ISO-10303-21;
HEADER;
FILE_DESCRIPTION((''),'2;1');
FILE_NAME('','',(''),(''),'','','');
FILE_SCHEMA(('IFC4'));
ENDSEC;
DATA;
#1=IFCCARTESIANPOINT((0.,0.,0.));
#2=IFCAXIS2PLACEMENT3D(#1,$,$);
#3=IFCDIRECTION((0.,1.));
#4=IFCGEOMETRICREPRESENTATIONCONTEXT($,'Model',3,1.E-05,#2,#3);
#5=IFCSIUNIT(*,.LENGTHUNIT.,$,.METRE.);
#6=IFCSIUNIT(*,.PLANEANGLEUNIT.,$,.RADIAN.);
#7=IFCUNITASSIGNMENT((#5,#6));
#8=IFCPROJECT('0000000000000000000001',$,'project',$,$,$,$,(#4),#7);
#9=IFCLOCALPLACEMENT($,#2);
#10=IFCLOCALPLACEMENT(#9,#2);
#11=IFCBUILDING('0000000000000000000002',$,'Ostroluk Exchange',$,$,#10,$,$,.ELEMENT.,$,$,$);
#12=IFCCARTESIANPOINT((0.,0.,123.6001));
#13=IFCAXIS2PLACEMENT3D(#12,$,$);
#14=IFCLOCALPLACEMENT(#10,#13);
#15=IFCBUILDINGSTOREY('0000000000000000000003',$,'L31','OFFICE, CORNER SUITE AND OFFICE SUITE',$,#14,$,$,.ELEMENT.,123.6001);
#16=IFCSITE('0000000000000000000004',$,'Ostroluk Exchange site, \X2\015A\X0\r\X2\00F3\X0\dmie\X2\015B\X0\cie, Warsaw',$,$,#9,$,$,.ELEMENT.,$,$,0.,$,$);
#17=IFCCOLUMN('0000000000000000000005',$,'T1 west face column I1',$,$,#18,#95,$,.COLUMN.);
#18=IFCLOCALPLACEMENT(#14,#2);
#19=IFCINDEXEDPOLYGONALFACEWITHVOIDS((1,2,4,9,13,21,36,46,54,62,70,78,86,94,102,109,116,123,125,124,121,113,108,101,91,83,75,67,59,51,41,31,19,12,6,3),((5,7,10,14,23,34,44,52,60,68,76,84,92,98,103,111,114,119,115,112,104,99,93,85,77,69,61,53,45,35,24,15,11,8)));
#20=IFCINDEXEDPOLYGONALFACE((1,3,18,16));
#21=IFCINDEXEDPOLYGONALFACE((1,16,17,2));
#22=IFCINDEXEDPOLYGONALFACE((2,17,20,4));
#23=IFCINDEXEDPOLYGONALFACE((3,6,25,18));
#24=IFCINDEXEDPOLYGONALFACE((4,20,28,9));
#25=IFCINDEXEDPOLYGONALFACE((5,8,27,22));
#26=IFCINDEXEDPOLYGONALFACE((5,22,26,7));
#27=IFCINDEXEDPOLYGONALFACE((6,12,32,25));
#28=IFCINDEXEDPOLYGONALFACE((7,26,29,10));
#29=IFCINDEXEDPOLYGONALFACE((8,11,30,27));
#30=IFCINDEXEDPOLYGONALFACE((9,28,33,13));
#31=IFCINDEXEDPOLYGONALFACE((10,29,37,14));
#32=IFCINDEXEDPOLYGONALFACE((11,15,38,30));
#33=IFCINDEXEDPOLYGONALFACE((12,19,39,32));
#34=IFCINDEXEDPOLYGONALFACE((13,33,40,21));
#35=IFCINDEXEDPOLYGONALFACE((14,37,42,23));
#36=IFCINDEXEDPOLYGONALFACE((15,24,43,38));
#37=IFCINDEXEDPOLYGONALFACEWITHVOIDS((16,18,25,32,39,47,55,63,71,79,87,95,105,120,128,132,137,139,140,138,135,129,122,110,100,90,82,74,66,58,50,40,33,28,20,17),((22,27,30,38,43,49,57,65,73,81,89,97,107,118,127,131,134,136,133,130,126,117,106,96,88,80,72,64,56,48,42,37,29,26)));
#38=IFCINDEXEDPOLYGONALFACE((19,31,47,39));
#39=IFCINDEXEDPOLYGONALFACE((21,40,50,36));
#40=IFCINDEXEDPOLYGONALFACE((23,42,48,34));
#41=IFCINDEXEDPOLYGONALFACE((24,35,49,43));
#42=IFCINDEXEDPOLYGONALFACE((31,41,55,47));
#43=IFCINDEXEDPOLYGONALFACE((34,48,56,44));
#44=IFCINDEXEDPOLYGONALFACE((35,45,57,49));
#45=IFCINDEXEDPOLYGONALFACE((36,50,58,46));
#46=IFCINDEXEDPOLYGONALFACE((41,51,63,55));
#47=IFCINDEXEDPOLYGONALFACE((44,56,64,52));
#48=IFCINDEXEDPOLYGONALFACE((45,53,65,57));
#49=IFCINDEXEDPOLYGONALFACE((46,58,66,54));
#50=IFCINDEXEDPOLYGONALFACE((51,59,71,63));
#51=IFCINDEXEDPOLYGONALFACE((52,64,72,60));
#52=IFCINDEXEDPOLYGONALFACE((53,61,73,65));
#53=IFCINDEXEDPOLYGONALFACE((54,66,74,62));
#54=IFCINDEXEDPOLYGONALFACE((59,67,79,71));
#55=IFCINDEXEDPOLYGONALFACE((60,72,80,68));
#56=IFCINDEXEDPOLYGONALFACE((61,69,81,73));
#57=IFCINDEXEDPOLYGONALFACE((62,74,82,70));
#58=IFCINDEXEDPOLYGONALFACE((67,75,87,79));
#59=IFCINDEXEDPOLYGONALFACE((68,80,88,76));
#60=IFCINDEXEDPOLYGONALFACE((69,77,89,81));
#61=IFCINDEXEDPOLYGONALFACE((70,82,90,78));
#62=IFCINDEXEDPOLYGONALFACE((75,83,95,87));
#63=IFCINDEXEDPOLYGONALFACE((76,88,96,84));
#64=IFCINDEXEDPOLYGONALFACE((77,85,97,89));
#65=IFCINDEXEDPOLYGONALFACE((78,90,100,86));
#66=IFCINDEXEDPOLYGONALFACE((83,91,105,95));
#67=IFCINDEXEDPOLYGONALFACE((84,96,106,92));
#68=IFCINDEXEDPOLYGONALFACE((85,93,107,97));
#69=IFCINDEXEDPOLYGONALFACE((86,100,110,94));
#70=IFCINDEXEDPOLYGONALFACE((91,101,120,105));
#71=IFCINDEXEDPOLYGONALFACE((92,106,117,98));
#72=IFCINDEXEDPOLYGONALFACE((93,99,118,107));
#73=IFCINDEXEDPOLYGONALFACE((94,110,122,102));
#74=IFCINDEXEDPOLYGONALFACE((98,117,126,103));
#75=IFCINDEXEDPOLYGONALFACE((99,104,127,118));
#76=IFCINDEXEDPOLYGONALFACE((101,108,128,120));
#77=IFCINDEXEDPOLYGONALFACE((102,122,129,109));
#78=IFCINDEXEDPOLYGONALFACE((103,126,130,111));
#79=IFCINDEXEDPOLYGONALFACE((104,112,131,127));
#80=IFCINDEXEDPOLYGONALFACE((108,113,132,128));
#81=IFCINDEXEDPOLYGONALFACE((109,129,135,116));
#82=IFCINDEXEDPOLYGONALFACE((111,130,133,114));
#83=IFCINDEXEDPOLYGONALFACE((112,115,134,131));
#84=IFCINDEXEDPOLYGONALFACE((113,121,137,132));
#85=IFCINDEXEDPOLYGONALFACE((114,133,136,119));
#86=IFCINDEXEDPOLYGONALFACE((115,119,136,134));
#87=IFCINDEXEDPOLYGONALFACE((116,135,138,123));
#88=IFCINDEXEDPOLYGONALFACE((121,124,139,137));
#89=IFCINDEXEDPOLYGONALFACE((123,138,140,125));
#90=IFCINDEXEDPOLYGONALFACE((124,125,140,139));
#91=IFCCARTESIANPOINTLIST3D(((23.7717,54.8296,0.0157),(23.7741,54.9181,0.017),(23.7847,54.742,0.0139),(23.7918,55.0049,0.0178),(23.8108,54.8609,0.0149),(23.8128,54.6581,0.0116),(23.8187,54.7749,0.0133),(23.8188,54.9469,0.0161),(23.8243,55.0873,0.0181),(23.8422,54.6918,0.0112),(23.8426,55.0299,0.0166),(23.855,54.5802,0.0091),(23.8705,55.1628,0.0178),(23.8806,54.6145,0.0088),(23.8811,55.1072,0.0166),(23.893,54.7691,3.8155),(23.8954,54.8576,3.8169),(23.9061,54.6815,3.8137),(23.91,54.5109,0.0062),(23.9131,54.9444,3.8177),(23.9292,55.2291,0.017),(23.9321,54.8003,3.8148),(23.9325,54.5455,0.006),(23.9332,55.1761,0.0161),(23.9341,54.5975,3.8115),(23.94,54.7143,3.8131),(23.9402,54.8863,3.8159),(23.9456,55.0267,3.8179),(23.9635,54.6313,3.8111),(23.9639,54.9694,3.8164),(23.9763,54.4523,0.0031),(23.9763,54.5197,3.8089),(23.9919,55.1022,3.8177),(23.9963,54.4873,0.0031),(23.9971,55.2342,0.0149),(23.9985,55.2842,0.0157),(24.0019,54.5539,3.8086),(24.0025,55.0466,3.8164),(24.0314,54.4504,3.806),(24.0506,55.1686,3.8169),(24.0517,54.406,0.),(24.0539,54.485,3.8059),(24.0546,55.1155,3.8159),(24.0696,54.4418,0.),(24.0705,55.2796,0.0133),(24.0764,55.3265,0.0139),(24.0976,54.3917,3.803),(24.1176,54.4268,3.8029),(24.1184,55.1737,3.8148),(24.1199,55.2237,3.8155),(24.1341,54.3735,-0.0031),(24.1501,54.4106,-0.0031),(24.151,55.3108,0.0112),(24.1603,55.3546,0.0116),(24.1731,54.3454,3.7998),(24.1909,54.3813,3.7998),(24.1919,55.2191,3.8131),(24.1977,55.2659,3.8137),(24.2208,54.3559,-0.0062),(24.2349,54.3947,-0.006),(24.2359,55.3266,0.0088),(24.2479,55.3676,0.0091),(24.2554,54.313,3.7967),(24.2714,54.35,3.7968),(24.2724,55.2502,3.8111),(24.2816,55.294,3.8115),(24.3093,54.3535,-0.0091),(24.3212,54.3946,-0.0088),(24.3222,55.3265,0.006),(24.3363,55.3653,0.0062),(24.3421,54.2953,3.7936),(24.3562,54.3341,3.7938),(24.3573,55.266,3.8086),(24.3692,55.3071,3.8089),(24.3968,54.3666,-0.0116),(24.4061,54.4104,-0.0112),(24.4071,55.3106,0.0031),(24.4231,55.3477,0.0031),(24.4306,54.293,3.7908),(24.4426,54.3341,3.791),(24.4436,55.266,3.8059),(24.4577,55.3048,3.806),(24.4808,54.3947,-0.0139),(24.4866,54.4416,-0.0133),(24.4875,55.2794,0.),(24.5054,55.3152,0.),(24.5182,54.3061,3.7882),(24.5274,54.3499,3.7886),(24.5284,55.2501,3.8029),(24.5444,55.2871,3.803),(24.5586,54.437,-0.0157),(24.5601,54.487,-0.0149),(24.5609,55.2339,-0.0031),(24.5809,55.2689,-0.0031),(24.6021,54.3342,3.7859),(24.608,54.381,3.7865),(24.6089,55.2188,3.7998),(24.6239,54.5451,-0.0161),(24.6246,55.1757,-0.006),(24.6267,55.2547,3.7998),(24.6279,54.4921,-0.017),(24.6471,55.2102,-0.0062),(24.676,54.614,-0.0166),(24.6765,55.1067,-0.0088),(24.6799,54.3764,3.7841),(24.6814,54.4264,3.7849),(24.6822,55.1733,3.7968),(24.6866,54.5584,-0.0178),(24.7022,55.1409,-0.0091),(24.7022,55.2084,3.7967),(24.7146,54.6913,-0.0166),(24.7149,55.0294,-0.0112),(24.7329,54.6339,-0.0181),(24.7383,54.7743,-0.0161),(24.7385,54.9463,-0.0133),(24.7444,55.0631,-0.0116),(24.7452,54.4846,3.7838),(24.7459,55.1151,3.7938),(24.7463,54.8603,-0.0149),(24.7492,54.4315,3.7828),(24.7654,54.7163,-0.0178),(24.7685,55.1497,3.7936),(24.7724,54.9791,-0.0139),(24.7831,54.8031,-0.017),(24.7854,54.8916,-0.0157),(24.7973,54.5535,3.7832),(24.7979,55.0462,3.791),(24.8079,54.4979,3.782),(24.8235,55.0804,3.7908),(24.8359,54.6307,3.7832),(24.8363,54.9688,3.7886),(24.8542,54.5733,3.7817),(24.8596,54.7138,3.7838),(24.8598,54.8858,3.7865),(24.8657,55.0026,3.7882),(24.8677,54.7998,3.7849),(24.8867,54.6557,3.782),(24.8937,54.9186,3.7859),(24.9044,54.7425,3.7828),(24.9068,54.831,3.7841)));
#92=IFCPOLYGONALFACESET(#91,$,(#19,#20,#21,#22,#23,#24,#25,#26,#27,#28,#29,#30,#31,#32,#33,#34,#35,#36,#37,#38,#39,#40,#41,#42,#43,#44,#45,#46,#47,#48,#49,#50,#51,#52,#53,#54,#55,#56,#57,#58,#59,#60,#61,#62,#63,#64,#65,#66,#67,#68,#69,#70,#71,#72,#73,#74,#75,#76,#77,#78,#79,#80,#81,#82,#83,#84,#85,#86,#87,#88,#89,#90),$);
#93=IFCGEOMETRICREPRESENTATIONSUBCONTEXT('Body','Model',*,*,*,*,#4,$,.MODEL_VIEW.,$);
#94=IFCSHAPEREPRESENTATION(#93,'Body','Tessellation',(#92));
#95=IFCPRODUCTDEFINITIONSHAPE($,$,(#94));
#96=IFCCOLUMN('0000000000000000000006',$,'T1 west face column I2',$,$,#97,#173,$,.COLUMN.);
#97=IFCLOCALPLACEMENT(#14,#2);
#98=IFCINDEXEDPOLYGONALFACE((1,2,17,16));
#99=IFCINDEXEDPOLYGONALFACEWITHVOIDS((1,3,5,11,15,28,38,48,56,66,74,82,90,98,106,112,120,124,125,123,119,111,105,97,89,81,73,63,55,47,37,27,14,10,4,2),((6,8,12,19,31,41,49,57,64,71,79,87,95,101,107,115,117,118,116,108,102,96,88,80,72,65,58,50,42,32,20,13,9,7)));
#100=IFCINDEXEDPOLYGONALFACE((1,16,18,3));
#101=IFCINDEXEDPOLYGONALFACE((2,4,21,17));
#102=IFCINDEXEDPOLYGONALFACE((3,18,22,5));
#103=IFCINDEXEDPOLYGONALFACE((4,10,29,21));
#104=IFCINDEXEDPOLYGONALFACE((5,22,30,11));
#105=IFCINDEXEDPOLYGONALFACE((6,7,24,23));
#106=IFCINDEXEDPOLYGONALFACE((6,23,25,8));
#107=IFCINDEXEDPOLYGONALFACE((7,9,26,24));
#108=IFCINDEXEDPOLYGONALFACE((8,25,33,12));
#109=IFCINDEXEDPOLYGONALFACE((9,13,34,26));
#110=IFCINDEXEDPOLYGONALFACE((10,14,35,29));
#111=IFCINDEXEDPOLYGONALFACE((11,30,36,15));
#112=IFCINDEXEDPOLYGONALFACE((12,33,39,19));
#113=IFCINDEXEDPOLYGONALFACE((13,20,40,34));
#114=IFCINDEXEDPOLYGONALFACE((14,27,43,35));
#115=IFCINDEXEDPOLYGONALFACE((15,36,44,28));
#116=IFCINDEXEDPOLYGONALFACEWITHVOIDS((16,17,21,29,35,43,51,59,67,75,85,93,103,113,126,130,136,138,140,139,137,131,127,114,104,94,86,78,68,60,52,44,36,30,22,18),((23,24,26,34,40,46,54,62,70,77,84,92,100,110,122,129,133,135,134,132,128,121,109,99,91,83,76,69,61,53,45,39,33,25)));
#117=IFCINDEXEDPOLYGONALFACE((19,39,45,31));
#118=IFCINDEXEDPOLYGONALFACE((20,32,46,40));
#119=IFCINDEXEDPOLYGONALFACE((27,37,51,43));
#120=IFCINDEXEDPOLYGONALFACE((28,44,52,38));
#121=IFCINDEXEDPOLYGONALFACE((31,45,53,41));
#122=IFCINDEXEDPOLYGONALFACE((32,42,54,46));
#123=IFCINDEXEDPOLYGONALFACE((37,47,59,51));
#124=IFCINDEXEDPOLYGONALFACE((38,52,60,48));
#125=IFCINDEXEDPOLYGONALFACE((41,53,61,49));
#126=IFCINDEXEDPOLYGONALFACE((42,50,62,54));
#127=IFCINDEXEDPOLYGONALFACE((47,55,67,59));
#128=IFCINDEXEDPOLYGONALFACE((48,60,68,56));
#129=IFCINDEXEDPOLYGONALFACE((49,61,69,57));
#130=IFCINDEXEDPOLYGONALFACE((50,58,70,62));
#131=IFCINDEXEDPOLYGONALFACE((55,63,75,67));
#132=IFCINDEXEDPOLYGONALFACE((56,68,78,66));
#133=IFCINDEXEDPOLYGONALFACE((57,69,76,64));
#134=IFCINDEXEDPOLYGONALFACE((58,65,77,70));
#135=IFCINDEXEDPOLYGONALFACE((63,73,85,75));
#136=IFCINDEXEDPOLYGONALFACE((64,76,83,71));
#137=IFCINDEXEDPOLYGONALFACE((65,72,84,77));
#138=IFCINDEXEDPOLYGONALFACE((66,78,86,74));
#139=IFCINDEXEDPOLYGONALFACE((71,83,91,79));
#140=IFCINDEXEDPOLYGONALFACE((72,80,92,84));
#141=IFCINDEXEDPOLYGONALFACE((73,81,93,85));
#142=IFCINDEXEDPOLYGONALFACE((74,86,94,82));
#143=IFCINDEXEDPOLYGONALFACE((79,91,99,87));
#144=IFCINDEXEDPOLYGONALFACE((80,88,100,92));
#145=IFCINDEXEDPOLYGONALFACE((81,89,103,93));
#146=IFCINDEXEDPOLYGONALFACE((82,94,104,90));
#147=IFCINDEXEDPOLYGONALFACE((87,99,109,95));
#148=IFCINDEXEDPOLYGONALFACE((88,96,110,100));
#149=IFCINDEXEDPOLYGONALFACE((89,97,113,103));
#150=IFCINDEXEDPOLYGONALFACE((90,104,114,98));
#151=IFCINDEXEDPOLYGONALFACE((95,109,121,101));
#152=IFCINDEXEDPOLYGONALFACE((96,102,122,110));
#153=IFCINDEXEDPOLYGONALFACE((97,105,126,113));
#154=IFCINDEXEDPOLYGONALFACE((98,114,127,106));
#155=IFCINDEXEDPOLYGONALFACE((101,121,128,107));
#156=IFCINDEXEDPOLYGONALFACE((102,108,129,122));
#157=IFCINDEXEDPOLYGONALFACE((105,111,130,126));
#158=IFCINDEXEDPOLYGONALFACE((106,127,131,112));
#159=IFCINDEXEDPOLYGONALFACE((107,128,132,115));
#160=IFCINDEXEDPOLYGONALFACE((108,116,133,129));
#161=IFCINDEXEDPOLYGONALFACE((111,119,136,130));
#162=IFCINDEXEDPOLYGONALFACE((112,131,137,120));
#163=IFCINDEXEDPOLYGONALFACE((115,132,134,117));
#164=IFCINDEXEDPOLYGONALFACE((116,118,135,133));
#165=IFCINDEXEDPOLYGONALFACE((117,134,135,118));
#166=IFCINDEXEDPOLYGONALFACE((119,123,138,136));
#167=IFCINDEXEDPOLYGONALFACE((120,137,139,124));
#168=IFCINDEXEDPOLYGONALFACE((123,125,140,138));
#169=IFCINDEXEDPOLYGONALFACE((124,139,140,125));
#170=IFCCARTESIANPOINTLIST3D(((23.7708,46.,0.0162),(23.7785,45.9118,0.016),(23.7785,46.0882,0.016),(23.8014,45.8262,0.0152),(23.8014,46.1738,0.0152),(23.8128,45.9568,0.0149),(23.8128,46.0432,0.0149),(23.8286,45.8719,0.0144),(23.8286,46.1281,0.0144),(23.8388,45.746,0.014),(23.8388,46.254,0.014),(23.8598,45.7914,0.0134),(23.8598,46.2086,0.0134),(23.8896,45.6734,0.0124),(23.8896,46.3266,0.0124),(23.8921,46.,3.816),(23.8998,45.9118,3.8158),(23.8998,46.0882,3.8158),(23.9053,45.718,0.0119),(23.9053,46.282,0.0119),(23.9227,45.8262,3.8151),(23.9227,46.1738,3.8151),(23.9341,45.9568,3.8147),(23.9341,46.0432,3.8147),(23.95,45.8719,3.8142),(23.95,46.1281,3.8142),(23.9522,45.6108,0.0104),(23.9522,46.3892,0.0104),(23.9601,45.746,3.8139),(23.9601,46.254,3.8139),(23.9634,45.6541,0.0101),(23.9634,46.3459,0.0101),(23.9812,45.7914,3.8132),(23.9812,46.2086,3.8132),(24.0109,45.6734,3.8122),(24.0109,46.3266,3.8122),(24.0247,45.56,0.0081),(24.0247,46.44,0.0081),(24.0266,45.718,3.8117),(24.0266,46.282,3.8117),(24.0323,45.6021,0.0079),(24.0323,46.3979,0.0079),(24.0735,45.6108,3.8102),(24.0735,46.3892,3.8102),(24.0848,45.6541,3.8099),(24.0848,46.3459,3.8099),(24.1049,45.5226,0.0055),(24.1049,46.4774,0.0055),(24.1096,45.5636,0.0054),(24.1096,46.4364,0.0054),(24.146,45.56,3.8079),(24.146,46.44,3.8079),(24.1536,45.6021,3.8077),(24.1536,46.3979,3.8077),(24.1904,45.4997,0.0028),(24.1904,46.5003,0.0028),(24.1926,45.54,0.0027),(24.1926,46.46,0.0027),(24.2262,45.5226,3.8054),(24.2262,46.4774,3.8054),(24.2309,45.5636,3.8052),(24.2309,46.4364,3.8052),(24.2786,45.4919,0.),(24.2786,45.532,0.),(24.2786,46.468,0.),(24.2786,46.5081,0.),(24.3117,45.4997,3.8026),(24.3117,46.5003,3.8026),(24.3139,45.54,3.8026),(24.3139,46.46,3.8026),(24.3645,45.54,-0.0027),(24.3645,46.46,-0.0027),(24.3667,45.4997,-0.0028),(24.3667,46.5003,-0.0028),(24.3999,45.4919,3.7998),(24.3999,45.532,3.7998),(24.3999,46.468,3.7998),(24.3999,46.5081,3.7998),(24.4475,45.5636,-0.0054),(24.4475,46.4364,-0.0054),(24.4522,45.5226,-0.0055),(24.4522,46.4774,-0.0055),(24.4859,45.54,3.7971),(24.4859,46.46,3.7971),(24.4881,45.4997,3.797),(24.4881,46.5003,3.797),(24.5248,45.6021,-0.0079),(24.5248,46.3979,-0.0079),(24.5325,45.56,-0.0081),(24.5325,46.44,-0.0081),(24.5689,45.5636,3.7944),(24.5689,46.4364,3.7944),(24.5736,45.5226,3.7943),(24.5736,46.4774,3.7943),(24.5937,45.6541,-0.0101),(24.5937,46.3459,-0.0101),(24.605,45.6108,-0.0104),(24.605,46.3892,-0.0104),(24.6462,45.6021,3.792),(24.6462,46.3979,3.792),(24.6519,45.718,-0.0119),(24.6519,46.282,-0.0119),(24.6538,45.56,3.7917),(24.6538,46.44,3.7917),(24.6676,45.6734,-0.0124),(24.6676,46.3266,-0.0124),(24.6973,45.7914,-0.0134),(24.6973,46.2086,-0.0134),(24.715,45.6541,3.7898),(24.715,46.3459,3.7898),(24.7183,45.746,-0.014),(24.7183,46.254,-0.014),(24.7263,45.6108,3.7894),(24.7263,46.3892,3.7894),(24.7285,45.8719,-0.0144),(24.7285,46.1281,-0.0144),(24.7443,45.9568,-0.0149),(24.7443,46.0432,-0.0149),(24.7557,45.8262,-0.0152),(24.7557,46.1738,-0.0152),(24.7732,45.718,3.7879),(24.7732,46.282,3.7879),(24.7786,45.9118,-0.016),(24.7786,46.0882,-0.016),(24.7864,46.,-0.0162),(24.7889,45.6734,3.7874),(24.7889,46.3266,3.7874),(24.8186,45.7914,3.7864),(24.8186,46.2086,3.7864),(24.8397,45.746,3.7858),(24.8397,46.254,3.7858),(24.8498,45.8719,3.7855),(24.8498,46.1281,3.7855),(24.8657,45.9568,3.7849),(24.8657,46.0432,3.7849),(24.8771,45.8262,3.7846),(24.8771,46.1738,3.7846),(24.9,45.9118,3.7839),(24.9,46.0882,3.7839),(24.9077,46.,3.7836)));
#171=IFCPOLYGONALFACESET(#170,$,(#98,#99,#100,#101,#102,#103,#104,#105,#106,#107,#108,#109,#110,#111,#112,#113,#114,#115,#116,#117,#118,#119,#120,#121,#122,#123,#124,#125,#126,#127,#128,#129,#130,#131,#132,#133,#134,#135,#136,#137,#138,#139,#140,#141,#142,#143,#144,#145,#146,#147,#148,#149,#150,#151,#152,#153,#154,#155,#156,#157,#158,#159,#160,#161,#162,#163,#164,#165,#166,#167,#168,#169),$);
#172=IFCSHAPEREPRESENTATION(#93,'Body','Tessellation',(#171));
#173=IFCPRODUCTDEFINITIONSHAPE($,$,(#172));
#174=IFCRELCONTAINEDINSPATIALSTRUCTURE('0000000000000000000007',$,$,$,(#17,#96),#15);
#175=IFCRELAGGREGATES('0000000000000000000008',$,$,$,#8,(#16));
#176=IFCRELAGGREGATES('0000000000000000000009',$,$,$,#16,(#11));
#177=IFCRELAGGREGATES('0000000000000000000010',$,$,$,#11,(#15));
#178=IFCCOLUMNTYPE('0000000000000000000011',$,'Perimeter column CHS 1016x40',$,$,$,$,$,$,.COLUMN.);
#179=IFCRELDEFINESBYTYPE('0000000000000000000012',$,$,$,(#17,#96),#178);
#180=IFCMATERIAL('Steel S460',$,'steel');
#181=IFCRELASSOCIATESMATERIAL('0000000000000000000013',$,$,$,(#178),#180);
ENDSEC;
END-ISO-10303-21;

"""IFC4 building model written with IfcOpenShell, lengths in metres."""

from ifc_helpers import new_model, si_unit, direction, frame, origin, origin_2d, place, context, subcontext, project, spatial, hollow_circle, extrude, material, material_profile, profile_set, type_object, element, save


model = new_model("IFC4")

# Units and contexts
model_context = context("Model", 3, precision=1e-05, world=origin(), true_north=direction((0.0, 1.0)))
body_context = subcontext(model_context, "Body", "Model", "MODEL_VIEW")
ifc_project = project(units=[si_unit("LENGTHUNIT", "METRE"), si_unit("PLANEANGLEUNIT", "RADIAN")], contexts=[model_context])

# Site, building, storey
site_placement = place(None, origin())
site = spatial("IfcSite", under=ifc_project, at=site_placement, Name="Ostroluk Exchange site, Śródmieście, Warsaw", CompositionType="ELEMENT", RefElevation=0.0)
building_placement = place(site_placement, origin())
building = spatial("IfcBuilding", under=site, at=building_placement, Name="Ostroluk Exchange", CompositionType="ELEMENT")
storey_placement = place(building_placement, frame((0.0, 0.0, 123.6001)))
storey = spatial("IfcBuildingStorey", under=building, at=storey_placement, Name="L31", Description="OFFICE, CORNER SUITE AND OFFICE SUITE", CompositionType="ELEMENT", Elevation=123.6001)

# Columns
ifc_material_1 = material(Name="Steel S460", Category="steel")
ifc_material_profile_1 = material_profile(ifc_material_1, hollow_circle(Radius=0.5081, WallThickness=0.04, at=origin_2d()), Name="CHS 1016x40")
ifc_profile_set_1 = profile_set([ifc_material_profile_1], Name="Steel S460")
column_type = type_object("IfcColumnType", Name="Perimeter column CHS 1016x40", PredefinedType="COLUMN", material=ifc_profile_set_1)
column_1_placement = place(storey_placement, frame((24.2786, 54.8606, 0.0), z_axis=(0.031912, -0.015924, 0.999364), x_axis=(0.446493, 0.894787, 0.0)))
element("IfcColumn", 1, at=column_1_placement, inside=storey, type_object=column_type, Name="T1 west face column I1", PredefinedType="COLUMN", context=body_context, shape_type="SweptSolid", body=[
    extrude(hollow_circle(Radius=0.5081, WallThickness=0.04, at=origin_2d()), origin(), (0.0, 0.0, 1.0), 3.8022),
])
column_2_placement = place(storey_placement, frame((24.2786, 46.0, 0.0), z_axis=(0.031916, 0.0, 0.999491), x_axis=(0.0, 1.0, 0.0)))
element("IfcColumn", 2, at=column_2_placement, inside=storey, type_object=column_type, Name="T1 west face column I2", PredefinedType="COLUMN", context=body_context, shape_type="SweptSolid", body=[
    extrude(hollow_circle(Radius=0.5081, WallThickness=0.04, at=origin_2d()), origin(), (0.0, 0.0, 1.0), 3.8018),
])

save(model, "model.ifc")
